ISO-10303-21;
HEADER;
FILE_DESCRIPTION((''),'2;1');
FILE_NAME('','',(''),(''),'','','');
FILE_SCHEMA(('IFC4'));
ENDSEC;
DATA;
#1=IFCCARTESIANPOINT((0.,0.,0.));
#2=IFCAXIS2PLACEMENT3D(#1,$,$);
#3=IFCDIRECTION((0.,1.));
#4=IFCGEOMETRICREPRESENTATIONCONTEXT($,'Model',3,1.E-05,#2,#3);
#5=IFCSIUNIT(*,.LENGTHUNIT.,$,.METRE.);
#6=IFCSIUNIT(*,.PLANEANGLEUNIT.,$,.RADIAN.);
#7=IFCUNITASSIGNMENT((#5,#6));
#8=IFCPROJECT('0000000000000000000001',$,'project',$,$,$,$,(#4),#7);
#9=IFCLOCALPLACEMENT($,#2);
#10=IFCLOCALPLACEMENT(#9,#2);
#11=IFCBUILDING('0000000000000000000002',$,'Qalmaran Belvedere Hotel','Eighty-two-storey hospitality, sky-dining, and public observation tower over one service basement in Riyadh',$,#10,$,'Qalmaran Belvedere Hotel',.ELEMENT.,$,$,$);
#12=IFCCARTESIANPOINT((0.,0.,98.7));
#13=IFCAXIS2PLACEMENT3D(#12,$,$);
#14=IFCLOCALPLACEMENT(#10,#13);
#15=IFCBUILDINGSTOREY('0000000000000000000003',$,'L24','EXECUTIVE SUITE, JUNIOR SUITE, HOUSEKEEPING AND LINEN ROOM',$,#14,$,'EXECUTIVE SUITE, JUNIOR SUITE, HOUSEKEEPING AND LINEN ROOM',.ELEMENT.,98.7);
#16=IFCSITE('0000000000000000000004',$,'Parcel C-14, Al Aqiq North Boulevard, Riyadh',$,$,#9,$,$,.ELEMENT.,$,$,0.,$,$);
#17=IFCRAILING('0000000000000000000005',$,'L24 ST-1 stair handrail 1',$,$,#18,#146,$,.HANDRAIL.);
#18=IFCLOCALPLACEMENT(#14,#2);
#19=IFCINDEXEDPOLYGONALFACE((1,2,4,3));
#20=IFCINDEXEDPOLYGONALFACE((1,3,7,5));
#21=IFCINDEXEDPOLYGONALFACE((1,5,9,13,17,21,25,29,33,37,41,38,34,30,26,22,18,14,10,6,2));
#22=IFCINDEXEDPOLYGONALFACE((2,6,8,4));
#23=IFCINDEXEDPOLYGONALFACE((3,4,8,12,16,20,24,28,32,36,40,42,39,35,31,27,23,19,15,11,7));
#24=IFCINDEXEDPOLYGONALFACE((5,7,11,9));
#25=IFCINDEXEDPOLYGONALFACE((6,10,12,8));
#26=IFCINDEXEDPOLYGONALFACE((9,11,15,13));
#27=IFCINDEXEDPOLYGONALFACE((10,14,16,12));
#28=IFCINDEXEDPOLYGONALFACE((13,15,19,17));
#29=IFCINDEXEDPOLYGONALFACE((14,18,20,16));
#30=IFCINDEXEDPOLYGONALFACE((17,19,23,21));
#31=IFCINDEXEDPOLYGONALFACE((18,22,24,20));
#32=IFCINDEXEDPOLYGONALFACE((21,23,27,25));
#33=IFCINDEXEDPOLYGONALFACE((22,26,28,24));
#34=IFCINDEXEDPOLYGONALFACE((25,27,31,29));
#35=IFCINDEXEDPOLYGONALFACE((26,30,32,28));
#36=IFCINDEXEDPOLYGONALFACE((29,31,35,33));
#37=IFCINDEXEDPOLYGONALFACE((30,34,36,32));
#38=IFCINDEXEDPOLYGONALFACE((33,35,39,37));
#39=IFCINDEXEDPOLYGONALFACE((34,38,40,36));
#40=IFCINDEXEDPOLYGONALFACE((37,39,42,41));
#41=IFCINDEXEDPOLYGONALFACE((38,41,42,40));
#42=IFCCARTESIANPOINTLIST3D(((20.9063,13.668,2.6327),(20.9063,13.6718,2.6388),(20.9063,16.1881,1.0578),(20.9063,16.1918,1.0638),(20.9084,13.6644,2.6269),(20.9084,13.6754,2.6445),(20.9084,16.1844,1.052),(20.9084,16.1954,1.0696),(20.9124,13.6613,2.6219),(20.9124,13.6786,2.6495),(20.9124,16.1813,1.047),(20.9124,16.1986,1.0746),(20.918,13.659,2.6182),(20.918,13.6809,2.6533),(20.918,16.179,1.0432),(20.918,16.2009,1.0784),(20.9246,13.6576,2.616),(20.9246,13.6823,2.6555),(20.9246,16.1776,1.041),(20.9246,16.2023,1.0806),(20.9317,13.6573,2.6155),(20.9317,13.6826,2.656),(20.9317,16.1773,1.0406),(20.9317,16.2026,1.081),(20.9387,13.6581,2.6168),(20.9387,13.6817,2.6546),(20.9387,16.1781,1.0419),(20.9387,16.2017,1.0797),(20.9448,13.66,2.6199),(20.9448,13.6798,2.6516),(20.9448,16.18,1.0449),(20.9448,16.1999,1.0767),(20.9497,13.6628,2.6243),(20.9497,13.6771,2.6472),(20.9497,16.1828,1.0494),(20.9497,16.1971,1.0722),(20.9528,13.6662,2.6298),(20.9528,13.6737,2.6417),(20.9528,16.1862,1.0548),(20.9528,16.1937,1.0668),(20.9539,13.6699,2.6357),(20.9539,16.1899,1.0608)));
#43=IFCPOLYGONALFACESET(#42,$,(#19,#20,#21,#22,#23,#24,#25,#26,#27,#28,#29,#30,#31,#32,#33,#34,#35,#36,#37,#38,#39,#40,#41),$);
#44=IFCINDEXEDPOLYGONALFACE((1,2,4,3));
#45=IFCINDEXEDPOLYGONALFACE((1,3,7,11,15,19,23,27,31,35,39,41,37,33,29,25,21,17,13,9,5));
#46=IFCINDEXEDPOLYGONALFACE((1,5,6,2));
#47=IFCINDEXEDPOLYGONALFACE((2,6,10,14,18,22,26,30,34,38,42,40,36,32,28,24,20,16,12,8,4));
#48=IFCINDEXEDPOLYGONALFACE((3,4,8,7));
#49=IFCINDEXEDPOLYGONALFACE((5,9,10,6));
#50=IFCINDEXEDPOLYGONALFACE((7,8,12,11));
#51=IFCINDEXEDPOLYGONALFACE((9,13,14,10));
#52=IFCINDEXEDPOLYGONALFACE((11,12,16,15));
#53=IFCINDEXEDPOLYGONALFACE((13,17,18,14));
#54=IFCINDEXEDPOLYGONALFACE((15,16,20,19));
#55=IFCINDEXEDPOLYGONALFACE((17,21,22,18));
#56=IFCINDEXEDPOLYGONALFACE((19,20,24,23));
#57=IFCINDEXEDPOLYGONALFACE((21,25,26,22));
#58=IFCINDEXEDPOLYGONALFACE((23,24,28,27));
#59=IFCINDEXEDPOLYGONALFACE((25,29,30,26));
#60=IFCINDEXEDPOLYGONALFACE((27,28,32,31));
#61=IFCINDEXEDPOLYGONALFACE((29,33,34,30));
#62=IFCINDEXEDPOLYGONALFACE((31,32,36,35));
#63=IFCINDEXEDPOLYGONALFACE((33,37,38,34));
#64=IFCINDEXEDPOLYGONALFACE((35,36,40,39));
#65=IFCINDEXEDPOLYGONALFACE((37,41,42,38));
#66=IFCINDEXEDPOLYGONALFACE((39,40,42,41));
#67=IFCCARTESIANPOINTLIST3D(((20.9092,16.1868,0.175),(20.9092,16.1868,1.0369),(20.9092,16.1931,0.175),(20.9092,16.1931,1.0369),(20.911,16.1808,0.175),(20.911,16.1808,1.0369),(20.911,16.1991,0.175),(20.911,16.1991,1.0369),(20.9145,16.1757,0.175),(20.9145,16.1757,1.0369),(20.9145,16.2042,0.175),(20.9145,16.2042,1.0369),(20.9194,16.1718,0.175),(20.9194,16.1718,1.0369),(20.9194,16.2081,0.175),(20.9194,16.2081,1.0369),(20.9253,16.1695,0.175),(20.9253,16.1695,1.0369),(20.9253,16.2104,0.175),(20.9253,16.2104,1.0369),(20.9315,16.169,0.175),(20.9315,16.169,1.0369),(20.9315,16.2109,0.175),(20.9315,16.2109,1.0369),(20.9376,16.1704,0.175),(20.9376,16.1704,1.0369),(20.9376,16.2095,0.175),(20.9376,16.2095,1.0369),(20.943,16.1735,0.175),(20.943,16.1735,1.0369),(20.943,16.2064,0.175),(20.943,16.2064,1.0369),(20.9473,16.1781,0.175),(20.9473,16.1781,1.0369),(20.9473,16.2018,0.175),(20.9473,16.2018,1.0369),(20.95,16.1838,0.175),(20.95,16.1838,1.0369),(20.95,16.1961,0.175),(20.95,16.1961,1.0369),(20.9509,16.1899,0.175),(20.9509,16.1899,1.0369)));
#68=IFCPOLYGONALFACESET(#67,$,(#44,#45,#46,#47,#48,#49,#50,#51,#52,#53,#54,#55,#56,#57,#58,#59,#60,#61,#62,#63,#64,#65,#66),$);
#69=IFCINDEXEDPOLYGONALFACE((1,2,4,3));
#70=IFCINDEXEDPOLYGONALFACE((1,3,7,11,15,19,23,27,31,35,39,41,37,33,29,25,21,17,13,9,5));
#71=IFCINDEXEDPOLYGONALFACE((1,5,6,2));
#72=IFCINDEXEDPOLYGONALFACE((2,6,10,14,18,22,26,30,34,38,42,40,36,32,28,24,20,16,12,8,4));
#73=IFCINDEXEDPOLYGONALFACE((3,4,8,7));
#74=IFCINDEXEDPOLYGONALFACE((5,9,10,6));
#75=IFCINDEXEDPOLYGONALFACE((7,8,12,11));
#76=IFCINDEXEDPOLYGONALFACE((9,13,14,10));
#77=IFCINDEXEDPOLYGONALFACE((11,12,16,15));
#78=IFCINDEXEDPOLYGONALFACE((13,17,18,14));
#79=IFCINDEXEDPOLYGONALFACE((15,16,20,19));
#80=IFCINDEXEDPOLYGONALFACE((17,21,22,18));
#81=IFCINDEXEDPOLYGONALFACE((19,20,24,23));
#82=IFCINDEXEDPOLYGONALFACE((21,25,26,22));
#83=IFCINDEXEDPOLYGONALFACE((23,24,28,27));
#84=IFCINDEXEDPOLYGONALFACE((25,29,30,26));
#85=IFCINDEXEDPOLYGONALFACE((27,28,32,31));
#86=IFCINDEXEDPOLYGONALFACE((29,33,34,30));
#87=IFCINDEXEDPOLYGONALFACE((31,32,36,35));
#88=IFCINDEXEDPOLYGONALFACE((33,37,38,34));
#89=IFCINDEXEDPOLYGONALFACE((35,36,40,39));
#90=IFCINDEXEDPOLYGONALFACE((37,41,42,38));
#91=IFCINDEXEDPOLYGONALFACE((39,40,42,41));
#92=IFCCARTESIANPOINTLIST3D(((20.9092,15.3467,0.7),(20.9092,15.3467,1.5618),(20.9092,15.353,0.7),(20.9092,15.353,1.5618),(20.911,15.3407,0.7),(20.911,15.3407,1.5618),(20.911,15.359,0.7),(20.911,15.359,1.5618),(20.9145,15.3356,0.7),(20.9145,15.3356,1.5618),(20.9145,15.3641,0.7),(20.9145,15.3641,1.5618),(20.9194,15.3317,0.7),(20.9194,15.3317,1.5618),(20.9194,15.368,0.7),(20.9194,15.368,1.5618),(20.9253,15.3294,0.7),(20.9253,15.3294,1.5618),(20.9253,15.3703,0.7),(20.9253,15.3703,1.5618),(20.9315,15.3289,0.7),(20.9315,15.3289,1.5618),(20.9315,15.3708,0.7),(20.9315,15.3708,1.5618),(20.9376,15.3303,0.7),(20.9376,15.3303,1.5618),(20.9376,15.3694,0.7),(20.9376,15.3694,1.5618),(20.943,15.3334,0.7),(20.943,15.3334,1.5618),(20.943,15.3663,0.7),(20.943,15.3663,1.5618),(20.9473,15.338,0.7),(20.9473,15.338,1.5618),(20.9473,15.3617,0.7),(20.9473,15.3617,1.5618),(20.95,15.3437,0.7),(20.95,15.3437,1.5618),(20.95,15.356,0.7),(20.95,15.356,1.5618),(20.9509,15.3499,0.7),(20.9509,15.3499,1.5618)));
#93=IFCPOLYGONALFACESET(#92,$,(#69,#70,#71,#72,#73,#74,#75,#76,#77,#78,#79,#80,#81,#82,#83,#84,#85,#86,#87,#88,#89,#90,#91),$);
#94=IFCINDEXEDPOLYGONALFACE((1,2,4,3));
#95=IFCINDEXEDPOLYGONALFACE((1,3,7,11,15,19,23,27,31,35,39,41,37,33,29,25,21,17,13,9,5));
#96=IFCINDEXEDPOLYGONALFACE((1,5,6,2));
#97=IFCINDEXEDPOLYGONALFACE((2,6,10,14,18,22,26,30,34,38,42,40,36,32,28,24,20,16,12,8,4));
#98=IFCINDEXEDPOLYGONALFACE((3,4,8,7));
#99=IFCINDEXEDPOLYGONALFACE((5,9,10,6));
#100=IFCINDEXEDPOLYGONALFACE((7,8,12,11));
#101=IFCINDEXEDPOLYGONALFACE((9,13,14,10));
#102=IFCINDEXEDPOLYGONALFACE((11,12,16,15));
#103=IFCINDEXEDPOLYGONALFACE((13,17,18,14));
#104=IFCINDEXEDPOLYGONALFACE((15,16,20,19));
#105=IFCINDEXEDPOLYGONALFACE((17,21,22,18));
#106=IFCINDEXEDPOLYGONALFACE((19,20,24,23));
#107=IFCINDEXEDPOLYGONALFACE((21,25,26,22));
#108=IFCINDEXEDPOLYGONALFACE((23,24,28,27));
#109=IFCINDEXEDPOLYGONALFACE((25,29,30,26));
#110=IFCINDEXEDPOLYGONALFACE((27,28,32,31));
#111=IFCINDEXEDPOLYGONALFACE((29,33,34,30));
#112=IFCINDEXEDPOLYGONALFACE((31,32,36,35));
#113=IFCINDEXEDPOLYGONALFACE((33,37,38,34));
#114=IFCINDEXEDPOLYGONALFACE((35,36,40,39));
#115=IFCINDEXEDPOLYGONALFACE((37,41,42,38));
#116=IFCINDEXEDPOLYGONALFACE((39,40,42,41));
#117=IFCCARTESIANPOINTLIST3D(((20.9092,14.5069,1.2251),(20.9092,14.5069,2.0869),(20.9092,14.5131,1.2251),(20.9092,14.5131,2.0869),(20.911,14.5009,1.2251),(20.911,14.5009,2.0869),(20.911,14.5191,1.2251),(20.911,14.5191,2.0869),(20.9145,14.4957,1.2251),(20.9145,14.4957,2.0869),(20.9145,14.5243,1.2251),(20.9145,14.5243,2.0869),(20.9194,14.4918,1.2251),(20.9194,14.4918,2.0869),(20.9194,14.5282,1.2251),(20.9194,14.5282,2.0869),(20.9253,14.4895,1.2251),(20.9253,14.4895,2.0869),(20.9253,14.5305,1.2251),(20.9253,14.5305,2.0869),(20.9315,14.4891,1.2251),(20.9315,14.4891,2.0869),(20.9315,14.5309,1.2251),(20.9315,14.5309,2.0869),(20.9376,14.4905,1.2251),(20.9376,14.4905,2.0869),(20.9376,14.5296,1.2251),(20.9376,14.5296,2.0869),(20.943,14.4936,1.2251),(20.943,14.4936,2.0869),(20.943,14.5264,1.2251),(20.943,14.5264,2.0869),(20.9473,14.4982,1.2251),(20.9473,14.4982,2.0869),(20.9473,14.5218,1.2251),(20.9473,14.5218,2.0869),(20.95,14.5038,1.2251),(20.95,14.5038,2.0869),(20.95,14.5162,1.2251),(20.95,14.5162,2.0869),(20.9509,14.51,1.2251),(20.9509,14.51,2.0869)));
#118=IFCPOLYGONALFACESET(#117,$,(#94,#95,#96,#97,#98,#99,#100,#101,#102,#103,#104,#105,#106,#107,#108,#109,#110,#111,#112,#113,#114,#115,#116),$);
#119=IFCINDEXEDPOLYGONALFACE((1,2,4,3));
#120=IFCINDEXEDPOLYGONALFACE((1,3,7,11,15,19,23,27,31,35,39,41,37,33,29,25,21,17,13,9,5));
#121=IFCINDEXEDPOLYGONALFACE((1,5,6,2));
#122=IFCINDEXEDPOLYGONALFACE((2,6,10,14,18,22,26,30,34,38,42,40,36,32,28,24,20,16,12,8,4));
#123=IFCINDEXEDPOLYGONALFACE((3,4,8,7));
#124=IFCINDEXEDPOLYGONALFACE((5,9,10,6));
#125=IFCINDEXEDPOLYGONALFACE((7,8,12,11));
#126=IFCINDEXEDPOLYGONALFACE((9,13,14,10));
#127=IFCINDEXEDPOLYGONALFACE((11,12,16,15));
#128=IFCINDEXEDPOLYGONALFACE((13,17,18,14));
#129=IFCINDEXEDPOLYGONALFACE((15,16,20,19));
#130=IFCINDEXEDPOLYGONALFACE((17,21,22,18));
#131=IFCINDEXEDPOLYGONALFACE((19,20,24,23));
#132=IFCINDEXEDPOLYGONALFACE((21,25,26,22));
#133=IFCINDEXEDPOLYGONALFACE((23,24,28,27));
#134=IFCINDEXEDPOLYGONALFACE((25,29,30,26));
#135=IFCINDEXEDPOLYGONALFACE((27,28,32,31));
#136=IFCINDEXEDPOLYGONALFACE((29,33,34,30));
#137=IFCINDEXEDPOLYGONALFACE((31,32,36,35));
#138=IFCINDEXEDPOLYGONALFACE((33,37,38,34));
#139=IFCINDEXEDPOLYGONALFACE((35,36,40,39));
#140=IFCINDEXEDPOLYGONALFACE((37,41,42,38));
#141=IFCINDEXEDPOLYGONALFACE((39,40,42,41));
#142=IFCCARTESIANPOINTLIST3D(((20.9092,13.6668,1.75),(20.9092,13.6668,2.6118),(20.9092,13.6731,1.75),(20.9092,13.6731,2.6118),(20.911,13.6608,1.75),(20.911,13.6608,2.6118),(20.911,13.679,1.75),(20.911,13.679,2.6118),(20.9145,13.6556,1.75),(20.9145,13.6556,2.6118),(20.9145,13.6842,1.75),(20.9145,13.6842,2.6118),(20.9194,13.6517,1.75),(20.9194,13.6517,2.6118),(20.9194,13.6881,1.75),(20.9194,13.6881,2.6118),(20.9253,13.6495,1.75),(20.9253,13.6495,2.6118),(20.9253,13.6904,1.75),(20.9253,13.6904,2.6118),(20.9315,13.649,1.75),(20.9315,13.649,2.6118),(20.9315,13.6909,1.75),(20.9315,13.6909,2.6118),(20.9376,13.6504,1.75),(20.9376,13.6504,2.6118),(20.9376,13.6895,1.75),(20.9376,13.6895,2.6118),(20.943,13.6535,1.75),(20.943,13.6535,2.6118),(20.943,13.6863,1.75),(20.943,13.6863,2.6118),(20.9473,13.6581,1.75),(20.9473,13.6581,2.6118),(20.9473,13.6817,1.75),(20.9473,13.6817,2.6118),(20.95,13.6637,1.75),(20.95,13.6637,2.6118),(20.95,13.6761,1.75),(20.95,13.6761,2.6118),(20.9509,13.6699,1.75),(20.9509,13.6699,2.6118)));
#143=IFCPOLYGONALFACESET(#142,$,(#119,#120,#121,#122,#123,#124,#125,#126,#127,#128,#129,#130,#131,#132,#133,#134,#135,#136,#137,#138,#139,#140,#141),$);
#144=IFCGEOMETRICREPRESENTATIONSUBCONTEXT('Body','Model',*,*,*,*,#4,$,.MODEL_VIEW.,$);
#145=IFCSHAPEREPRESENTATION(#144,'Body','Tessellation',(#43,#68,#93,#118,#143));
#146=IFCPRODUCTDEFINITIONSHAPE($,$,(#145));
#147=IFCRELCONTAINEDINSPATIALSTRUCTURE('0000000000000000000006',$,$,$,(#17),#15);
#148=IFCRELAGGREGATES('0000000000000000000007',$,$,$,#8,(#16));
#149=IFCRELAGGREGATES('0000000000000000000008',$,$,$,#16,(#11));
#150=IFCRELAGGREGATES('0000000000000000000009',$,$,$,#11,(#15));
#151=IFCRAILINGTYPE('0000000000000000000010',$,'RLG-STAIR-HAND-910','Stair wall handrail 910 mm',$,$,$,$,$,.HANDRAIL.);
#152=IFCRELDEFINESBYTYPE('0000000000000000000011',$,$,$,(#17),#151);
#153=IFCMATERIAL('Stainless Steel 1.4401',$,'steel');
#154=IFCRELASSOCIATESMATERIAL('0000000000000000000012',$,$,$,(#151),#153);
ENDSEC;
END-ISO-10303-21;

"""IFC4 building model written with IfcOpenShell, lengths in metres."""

from ifc_helpers import new_model, si_unit, direction, frame, origin, origin_2d, place, context, subcontext, project, spatial, circle, extrude, material, type_object, element, save


model = new_model("IFC4")

# Units and contexts
model_context = context("Model", 3, precision=1e-05, world=origin(), true_north=direction((0.0, 1.0)))
body_context = subcontext(model_context, "Body", "Model", "MODEL_VIEW")
ifc_project = project(units=[si_unit("LENGTHUNIT", "METRE"), si_unit("PLANEANGLEUNIT", "RADIAN")], contexts=[model_context])

# Site, building, storey
site_placement = place(None, origin())
site = spatial("IfcSite", under=ifc_project, at=site_placement, Name="Parcel C-14, Al Aqiq North Boulevard, Riyadh", CompositionType="ELEMENT", RefElevation=0.0)
building_placement = place(site_placement, origin())
building = spatial("IfcBuilding", under=site, at=building_placement, Name="Qalmaran Belvedere Hotel", Description="Eighty-two-storey hospitality, sky-dining, and public observation tower over one service basement in Riyadh", LongName="Qalmaran Belvedere Hotel", CompositionType="ELEMENT")
storey_placement = place(building_placement, frame((0.0, 0.0, 98.7)))
storey = spatial("IfcBuildingStorey", under=building, at=storey_placement, Name="L24", Description="EXECUTIVE SUITE, JUNIOR SUITE, HOUSEKEEPING AND LINEN ROOM", LongName="EXECUTIVE SUITE, JUNIOR SUITE, HOUSEKEEPING AND LINEN ROOM", CompositionType="ELEMENT", Elevation=98.7)

# Shared definitions
ifc_material_1 = material(Name="Stainless Steel 1.4401", Category="steel")

# Railing
railing_type_1 = type_object("IfcRailingType", Name="RLG-STAIR-HAND-910", Description="Stair wall handrail 910 mm", PredefinedType="HANDRAIL", material=ifc_material_1)
railing_1_placement = place(storey_placement, frame((20.9299, 16.1899, 0.175)))
element("IfcRailing", 1, at=railing_1_placement, inside=storey, type_object=railing_type_1, Name="L24 ST-1 stair handrail 1", PredefinedType="HANDRAIL", context=body_context, shape_type="SweptSolid", body=[
    extrude(circle(Radius=0.0239, at=origin_2d()), frame((0.0, 0.0, 0.8857), z_axis=(0.0, -0.848008, 0.529984), x_axis=(1.0, 0.0, 0.0)), (0.0, 0.0, 1.0), 2.9717),
    extrude(circle(Radius=0.021, at=origin_2d()), origin(), (0.0, 0.0, 1.0), 0.8618),
    extrude(circle(Radius=0.021, at=origin_2d()), frame((0.0, -0.8401, 0.5249)), (0.0, 0.0, 1.0), 0.8618),
    extrude(circle(Radius=0.021, at=origin_2d()), frame((0.0, -1.6799, 1.05)), (0.0, 0.0, 1.0), 0.8618),
    extrude(circle(Radius=0.021, at=origin_2d()), frame((0.0, -2.52, 1.575)), (0.0, 0.0, 1.0), 0.8618),
])

save(model, "model.ifc")
